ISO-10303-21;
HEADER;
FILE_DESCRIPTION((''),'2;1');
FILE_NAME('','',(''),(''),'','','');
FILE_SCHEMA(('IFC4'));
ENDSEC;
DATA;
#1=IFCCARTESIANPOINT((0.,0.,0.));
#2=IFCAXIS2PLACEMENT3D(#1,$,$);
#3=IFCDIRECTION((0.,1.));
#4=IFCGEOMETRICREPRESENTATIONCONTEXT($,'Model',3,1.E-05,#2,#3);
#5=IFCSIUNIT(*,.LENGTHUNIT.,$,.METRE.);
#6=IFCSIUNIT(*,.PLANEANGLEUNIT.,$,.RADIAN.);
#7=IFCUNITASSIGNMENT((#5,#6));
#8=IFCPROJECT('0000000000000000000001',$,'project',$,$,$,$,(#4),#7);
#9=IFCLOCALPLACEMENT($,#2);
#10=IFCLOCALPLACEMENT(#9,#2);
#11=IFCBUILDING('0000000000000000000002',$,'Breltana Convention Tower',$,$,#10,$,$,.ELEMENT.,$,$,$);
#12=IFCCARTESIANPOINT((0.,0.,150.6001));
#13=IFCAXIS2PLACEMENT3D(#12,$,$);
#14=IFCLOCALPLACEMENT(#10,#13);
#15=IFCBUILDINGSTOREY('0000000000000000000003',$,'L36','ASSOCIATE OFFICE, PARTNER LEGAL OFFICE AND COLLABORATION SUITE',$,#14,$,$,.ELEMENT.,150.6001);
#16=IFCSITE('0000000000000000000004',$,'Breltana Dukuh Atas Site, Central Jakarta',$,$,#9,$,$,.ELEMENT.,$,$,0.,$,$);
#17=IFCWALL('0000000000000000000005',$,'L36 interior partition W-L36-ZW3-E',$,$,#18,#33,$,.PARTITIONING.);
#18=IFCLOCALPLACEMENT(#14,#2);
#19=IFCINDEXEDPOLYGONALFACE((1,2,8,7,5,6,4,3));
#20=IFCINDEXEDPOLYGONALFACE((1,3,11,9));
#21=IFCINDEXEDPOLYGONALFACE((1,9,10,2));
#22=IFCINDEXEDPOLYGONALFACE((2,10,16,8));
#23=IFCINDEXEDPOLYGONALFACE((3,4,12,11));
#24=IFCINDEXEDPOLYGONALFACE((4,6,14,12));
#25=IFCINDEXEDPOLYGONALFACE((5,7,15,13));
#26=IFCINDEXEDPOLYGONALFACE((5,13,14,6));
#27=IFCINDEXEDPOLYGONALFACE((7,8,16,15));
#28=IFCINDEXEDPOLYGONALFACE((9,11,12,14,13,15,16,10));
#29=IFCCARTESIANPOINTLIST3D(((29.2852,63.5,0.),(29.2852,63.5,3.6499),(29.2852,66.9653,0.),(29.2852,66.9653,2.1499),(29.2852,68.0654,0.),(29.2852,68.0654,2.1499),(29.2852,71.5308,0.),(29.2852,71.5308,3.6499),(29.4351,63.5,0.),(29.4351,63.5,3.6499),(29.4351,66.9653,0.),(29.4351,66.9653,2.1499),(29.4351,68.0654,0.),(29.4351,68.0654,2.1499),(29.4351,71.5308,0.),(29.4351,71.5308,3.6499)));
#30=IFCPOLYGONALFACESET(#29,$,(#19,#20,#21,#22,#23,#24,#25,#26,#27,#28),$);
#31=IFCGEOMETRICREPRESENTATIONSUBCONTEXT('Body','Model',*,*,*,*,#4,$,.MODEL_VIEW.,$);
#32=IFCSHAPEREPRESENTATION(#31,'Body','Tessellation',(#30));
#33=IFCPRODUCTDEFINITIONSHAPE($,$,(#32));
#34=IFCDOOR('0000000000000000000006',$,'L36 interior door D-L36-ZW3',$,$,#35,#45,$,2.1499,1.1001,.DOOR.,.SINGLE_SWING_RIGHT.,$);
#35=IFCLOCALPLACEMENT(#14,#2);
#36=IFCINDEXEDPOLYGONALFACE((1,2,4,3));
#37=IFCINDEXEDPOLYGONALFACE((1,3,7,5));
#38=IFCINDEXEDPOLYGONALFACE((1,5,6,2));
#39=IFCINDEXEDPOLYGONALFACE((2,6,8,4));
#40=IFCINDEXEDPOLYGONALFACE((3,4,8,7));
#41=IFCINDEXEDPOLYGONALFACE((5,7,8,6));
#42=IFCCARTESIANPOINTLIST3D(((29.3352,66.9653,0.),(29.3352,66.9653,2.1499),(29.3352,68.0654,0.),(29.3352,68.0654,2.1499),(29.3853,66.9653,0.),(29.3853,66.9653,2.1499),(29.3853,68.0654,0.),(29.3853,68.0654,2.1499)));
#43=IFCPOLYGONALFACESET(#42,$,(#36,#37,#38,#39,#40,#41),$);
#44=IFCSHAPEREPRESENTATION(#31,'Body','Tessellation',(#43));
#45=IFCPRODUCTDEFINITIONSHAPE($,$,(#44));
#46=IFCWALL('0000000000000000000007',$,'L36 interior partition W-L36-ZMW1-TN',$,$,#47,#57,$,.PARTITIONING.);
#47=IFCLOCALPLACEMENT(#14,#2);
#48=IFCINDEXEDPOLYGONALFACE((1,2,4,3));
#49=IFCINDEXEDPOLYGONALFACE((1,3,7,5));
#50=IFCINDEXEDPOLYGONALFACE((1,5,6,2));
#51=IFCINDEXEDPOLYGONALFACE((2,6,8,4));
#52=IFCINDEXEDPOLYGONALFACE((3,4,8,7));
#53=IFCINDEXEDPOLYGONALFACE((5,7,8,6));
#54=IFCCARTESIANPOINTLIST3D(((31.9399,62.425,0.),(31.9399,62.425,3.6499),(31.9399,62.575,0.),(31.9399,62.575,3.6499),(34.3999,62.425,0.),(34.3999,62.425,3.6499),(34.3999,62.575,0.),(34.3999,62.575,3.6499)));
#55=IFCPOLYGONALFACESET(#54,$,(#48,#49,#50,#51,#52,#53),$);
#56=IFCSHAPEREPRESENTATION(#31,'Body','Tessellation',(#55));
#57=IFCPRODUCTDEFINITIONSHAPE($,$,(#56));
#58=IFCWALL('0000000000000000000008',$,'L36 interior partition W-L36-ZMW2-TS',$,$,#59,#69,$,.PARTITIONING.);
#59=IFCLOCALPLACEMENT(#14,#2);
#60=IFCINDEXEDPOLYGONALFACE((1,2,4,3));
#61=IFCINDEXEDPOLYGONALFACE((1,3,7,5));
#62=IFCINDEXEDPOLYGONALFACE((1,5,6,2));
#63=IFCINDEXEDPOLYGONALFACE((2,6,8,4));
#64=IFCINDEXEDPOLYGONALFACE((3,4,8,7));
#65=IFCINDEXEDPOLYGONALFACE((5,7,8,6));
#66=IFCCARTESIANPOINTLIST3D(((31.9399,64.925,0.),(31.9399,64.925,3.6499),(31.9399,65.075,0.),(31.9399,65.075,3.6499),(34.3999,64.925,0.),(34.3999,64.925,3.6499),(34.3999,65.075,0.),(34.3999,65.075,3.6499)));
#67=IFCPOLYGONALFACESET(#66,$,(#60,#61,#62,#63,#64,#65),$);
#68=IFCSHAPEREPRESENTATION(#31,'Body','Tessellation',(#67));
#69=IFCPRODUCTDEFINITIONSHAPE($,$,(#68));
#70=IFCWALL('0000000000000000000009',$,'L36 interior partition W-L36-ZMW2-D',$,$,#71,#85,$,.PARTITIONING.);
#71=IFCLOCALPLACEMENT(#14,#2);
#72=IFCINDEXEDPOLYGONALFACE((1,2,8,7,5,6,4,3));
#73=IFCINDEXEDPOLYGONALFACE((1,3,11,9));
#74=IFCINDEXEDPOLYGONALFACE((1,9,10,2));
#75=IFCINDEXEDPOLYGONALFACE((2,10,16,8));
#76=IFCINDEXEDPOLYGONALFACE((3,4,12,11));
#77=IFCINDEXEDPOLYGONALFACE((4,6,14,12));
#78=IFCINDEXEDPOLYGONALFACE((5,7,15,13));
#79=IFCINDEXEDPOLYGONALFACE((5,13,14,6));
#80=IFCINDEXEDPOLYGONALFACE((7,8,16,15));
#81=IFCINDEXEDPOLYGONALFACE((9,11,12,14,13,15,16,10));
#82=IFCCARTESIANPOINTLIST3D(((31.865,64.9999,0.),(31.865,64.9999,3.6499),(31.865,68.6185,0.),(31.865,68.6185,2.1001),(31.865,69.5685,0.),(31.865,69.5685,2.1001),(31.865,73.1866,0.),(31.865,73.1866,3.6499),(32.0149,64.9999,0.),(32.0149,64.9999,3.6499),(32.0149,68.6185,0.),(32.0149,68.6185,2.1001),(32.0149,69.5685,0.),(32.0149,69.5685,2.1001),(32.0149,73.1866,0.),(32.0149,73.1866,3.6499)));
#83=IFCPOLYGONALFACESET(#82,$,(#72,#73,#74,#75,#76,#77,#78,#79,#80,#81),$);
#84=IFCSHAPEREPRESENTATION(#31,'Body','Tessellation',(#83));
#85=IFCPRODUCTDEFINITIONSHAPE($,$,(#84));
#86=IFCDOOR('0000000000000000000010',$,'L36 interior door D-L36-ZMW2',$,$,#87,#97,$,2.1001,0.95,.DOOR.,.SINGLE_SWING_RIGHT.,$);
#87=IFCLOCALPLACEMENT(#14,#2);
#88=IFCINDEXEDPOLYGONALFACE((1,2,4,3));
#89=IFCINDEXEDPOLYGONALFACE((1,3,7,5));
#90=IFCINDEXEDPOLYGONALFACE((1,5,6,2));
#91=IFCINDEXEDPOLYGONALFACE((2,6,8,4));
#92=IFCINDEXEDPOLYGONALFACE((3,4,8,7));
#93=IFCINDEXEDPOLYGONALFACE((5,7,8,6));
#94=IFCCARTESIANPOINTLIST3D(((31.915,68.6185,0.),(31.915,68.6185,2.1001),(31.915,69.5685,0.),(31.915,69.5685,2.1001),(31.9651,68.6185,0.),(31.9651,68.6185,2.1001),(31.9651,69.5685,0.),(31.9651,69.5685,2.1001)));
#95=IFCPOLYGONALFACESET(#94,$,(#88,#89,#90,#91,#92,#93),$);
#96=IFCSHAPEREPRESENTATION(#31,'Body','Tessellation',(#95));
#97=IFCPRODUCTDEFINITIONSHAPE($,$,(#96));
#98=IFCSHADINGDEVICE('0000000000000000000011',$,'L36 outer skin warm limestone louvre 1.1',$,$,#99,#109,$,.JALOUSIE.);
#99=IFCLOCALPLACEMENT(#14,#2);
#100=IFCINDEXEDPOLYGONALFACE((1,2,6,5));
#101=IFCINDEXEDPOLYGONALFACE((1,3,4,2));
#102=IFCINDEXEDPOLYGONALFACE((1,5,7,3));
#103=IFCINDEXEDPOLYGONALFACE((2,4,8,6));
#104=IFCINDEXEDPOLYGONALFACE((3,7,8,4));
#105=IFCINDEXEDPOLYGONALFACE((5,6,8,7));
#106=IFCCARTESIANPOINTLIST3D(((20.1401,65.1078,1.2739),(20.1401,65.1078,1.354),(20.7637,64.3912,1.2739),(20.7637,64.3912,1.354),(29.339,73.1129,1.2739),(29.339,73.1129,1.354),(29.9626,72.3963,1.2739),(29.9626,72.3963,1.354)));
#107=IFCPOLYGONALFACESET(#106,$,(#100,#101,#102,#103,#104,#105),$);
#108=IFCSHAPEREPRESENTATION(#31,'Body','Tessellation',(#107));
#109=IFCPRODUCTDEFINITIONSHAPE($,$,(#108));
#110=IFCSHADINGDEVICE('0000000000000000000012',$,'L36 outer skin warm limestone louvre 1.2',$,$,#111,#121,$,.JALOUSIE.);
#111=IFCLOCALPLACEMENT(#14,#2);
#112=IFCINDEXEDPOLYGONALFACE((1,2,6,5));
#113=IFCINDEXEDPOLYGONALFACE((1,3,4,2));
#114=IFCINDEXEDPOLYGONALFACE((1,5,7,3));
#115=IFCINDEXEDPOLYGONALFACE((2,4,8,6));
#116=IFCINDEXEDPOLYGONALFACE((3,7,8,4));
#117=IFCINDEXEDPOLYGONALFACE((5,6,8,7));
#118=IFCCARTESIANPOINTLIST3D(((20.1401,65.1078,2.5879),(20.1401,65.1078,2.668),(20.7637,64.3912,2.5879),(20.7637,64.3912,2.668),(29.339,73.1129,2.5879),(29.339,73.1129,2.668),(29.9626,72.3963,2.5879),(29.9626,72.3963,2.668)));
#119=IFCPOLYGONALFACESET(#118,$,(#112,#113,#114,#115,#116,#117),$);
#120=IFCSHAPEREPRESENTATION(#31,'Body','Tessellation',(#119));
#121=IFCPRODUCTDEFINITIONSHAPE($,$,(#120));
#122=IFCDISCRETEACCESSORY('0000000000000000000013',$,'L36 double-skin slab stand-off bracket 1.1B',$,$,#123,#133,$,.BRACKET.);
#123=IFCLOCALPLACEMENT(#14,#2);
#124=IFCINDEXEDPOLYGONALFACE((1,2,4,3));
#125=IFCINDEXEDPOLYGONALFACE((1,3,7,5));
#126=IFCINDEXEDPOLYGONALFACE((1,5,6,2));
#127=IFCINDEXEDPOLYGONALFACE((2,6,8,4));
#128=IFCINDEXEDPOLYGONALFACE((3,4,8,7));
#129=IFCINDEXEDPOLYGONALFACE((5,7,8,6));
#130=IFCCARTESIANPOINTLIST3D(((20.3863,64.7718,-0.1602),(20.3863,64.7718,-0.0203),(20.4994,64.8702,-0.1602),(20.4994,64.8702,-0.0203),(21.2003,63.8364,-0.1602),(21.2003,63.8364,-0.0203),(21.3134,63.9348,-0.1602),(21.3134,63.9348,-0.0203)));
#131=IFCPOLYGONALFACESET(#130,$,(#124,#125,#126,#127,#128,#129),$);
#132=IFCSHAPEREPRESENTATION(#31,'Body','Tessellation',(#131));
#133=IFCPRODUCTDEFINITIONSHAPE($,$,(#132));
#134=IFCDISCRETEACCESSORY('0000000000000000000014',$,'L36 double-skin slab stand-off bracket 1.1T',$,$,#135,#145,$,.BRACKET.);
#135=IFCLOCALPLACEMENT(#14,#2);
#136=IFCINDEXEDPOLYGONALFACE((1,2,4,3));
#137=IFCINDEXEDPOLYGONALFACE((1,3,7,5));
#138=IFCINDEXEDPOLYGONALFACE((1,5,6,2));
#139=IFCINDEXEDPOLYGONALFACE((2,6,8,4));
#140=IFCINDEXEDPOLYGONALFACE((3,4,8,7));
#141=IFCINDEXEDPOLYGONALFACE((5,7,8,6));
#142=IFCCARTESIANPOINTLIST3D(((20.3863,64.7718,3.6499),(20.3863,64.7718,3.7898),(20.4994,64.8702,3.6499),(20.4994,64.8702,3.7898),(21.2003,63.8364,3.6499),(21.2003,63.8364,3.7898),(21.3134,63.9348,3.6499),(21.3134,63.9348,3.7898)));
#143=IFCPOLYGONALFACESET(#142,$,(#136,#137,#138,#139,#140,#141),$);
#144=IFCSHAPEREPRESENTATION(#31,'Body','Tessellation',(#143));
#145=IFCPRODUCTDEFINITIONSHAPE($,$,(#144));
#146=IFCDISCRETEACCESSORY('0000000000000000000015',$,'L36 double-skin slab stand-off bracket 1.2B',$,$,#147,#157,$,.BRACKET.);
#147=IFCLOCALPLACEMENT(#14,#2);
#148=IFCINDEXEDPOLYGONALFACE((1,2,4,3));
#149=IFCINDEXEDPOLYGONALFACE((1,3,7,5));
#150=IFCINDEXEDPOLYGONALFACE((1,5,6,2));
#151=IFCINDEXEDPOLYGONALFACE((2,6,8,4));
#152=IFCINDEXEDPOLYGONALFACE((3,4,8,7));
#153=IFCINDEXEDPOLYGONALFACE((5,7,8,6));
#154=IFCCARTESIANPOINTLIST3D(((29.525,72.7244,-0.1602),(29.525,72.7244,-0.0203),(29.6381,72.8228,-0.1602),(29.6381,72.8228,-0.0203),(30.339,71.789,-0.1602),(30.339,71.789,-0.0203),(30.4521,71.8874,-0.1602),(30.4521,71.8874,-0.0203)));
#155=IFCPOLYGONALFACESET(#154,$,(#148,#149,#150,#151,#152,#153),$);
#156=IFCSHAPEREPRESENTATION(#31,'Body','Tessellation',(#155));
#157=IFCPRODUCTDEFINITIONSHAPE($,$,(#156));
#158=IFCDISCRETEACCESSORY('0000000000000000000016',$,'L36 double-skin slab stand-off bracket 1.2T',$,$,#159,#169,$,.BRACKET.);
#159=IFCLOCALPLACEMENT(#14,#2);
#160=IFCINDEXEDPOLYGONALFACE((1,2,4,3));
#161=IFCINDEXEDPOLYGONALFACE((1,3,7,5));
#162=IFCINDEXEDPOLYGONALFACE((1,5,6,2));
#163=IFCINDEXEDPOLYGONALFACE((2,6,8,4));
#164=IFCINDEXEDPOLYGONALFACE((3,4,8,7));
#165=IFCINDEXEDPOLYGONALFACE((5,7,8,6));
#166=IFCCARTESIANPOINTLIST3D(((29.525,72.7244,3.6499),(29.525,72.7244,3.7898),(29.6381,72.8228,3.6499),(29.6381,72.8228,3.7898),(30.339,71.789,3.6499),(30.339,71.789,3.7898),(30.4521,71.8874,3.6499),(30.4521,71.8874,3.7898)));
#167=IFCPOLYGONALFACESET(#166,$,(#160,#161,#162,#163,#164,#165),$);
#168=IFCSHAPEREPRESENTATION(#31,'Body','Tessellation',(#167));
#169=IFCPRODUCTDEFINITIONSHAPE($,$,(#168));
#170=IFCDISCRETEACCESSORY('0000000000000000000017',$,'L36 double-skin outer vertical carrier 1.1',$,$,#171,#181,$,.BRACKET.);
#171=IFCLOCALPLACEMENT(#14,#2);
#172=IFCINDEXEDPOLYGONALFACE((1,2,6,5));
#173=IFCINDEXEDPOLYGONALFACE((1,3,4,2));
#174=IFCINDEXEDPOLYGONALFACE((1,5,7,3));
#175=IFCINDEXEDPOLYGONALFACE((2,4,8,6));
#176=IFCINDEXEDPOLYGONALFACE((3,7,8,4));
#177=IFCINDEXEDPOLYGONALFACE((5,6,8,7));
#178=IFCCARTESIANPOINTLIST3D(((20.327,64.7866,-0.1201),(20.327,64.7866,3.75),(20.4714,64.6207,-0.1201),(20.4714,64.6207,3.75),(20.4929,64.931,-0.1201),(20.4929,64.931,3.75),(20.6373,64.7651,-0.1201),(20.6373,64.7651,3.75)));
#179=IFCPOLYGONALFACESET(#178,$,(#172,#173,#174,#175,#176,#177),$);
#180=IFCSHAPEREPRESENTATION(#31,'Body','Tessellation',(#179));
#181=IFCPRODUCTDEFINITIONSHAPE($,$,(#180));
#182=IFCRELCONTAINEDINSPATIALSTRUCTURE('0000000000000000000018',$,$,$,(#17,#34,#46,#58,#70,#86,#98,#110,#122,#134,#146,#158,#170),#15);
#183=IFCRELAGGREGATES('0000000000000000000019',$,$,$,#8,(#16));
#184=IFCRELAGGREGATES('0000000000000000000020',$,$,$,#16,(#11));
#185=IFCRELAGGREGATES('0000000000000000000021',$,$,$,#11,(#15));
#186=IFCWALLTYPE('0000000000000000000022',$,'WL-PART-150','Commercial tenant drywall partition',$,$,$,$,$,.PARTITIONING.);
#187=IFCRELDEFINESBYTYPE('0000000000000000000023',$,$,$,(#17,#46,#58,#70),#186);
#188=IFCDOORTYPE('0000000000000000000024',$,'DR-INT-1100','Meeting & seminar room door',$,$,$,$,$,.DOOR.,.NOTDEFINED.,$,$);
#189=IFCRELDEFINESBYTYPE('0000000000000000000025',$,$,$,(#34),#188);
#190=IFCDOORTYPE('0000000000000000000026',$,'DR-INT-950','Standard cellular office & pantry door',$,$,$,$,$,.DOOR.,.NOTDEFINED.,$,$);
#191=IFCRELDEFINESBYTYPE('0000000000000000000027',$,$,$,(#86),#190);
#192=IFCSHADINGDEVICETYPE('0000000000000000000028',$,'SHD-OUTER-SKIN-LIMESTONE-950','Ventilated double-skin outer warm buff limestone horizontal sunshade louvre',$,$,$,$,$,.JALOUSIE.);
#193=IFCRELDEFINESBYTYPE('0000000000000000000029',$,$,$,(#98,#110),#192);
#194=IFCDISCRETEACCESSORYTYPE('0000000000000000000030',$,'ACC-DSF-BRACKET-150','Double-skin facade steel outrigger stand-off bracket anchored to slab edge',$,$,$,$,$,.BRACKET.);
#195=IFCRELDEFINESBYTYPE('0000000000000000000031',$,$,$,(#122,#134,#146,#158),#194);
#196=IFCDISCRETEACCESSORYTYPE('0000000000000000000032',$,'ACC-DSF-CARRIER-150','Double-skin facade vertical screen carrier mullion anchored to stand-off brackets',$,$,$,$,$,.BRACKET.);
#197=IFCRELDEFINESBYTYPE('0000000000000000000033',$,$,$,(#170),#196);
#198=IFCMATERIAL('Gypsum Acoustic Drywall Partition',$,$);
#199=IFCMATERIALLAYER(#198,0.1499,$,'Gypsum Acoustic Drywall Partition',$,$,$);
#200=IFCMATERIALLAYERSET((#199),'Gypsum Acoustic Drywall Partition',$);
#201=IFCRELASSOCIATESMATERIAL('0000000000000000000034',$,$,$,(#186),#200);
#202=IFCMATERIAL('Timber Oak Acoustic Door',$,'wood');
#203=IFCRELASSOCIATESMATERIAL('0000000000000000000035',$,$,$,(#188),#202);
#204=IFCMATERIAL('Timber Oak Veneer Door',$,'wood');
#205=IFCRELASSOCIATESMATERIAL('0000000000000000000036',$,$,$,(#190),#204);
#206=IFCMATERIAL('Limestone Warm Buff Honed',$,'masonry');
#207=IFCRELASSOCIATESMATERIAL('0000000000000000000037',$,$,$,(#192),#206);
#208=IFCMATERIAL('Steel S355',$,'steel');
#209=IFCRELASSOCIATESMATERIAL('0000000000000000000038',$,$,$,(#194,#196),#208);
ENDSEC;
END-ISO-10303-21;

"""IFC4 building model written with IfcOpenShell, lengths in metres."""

from ifc_helpers import new_model, si_unit, direction, frame, frame_2d, origin, origin_2d, place, context, subcontext, project, spatial, rectangle, extrude, source, transform, mapped, material, layer, layer_set, material_profile, profile_set, type_object, type_shapes, element, fill, save


model = new_model("IFC4")

# Units and contexts
model_context = context("Model", 3, precision=1e-05, world=origin(), true_north=direction((0.0, 1.0)))
body_context = subcontext(model_context, "Body", "Model", "MODEL_VIEW")
ifc_project = project(units=[si_unit("LENGTHUNIT", "METRE"), si_unit("PLANEANGLEUNIT", "RADIAN")], contexts=[model_context])

# Site, building, storey
site_placement = place(None, origin())
site = spatial("IfcSite", under=ifc_project, at=site_placement, Name="Breltana Dukuh Atas Site, Central Jakarta", CompositionType="ELEMENT", RefElevation=0.0)
building_placement = place(site_placement, origin())
building = spatial("IfcBuilding", under=site, at=building_placement, Name="Breltana Convention Tower", CompositionType="ELEMENT")
storey_placement = place(building_placement, frame((0.0, 0.0, 150.6001)))
storey = spatial("IfcBuildingStorey", under=building, at=storey_placement, Name="L36", Description="ASSOCIATE OFFICE, PARTNER LEGAL OFFICE AND COLLABORATION SUITE", CompositionType="ELEMENT", Elevation=150.6001)

# Shared definitions
ifc_material_1 = material(Name="Gypsum Acoustic Drywall Partition")
ifc_layer_1 = layer(ifc_material_1, 0.1499, Name="Gypsum Acoustic Drywall Partition")
ifc_layer_set_1 = layer_set([ifc_layer_1], Name="Gypsum Acoustic Drywall Partition")
wall_type_1 = type_object("IfcWallType", Name="WL-PART-150", Description="Commercial tenant drywall partition", PredefinedType="PARTITIONING", material=ifc_layer_set_1)

# Wall, opening, door
shared_shape_1 = source(origin(), body_context, "Body", "SweptSolid", [
    extrude(rectangle(XDim=8.0308, YDim=0.1499, at=frame_2d((4.0154, 0.0))), origin(), (0.0, 0.0, 1.0), 3.6499),
])
wall_1_placement = place(storey_placement, frame((29.3601, 63.5, 0.0), z_axis=(0.0, 0.0, 1.0), x_axis=(0.0, 1.0, 0.0)))
wall_1 = element("IfcWall", 1, at=wall_1_placement, inside=storey, type_object=wall_type_1, Name="L36 interior partition W-L36-ZW3-E", PredefinedType="PARTITIONING", context=body_context, shape_type="MappedRepresentation", body=[
    mapped(shared_shape_1, transform((0.0, 0.0, 0.0), scale=1.0)),
])
opening_1_placement = place(wall_1_placement, frame((3.4653, 0.0, 0.0)))
opening_1 = element("IfcOpeningElement", 2, at=opening_1_placement, cuts=wall_1, PredefinedType="OPENING", context=body_context, shape_type="SweptSolid", body=[
    extrude(rectangle(XDim=1.1001, YDim=2.1499, at=frame_2d((0.55, 1.075))), frame((0.0, 0.085, 0.0), z_axis=(0.0, -1.0, 0.0), x_axis=(1.0, 0.0, 0.0)), (0.0, 0.0, 1.0), 0.1699),
])
ifc_material_2 = material(Name="Timber Oak Acoustic Door", Category="wood")
door_type_1 = type_object("IfcDoorType", Name="DR-INT-1100", Description="Meeting & seminar room door", OperationType="NOTDEFINED", PredefinedType="DOOR", material=ifc_material_2)
shared_shape_2 = source(origin(), body_context, "Body", "SweptSolid", [
    extrude(rectangle(XDim=1.1001, YDim=2.1499, at=frame_2d((0.55, 1.075))), frame((0.0, 0.0249, 0.0), z_axis=(0.0, -1.0, 0.0), x_axis=(1.0, 0.0, 0.0)), (0.0, 0.0, 1.0), 0.05),
])
type_shapes(door_type_1, [shared_shape_2])
door_1_placement = place(opening_1_placement, origin())
door_1 = element("IfcDoor", 3, at=door_1_placement, inside=storey, type_object=door_type_1, Name="L36 interior door D-L36-ZW3", OperationType="SINGLE_SWING_RIGHT", OverallHeight=2.1499, OverallWidth=1.1001, PredefinedType="DOOR", context=body_context, shape_type="MappedRepresentation", body=[
    mapped(shared_shape_2, transform((0.0, 0.0, 0.0), scale=1.0)),
])
fill(opening_1, door_1)

# Walls
shared_shape_3 = source(origin(), body_context, "Body", "SweptSolid", [
    extrude(rectangle(XDim=2.46, YDim=0.1499, at=frame_2d((1.23, 0.0))), origin(), (0.0, 0.0, 1.0), 3.6499),
])
for number, where, z_axis, x_axis, name in (
    (4, (31.9399, 62.5, 0.0), (0.0, 0.0, 1.0), (1.0, 0.0, 0.0), "L36 interior partition W-L36-ZMW1-TN"),
    (5, (31.9399, 65.0, 0.0), (0.0, 0.0, 1.0), (1.0, 0.0, 0.0), "L36 interior partition W-L36-ZMW2-TS"),
):
    element("IfcWall", number, at=place(storey_placement, frame(where, z_axis=z_axis, x_axis=x_axis)), inside=storey, type_object=wall_type_1, Name=name, PredefinedType="PARTITIONING", context=body_context, shape_type="MappedRepresentation", body=[
        mapped(shared_shape_3, transform((0.0, 0.0, 0.0), scale=1.0)),
    ])

# Wall, opening, door
shared_shape_4 = source(origin(), body_context, "Body", "SweptSolid", [
    extrude(rectangle(XDim=8.1868, YDim=0.1499, at=frame_2d((4.0933, 0.0))), origin(), (0.0, 0.0, 1.0), 3.6499),
])
wall_2_placement = place(storey_placement, frame((31.9399, 65.0, 0.0), z_axis=(0.0, 0.0, 1.0), x_axis=(0.0, 1.0, 0.0)))
wall_2 = element("IfcWall", 6, at=wall_2_placement, inside=storey, type_object=wall_type_1, Name="L36 interior partition W-L36-ZMW2-D", PredefinedType="PARTITIONING", context=body_context, shape_type="MappedRepresentation", body=[
    mapped(shared_shape_4, transform((0.0, 0.0, 0.0), scale=1.0)),
])
opening_2_placement = place(wall_2_placement, frame((3.6184, 0.0, 0.0)))
opening_2 = element("IfcOpeningElement", 7, at=opening_2_placement, cuts=wall_2, PredefinedType="OPENING", context=body_context, shape_type="SweptSolid", body=[
    extrude(rectangle(XDim=0.95, YDim=2.1001, at=frame_2d((0.4751, 1.05))), frame((0.0, 0.085, 0.0), z_axis=(0.0, -1.0, 0.0), x_axis=(1.0, 0.0, 0.0)), (0.0, 0.0, 1.0), 0.1699),
])
ifc_material_3 = material(Name="Timber Oak Veneer Door", Category="wood")
door_type_2 = type_object("IfcDoorType", Name="DR-INT-950", Description="Standard cellular office & pantry door", OperationType="NOTDEFINED", PredefinedType="DOOR", material=ifc_material_3)
shared_shape_5 = source(origin(), body_context, "Body", "SweptSolid", [
    extrude(rectangle(XDim=0.95, YDim=2.1001, at=frame_2d((0.4751, 1.05))), frame((0.0, 0.0249, 0.0), z_axis=(0.0, -1.0, 0.0), x_axis=(1.0, 0.0, 0.0)), (0.0, 0.0, 1.0), 0.05),
])
type_shapes(door_type_2, [shared_shape_5])
door_2_placement = place(opening_2_placement, origin())
door_2 = element("IfcDoor", 8, at=door_2_placement, inside=storey, type_object=door_type_2, Name="L36 interior door D-L36-ZMW2", OperationType="SINGLE_SWING_RIGHT", OverallHeight=2.1001, OverallWidth=0.95, PredefinedType="DOOR", context=body_context, shape_type="MappedRepresentation", body=[
    mapped(shared_shape_5, transform((0.0, 0.0, 0.0), scale=1.0)),
])
fill(opening_2, door_2)

# Shading devices
ifc_material_4 = material(Name="Limestone Warm Buff Honed", Category="masonry")
ifc_material_profile_1 = material_profile(ifc_material_4, rectangle(XDim=0.95, YDim=0.0801, at=origin_2d()), Name="STN-LVR-950X80")
ifc_profile_set_1 = profile_set([ifc_material_profile_1], Name="Limestone Warm Buff Honed")
shading_device_type = type_object("IfcShadingDeviceType", Name="SHD-OUTER-SKIN-LIMESTONE-950", Description="Ventilated double-skin outer warm buff limestone horizontal sunshade louvre", PredefinedType="JALOUSIE", material=ifc_profile_set_1)
shared_shape_6 = source(origin(), body_context, "Body", "SweptSolid", [
    extrude(rectangle(XDim=0.95, YDim=0.0801, at=origin_2d()), origin(), (0.0, 0.0, 1.0), 12.1943),
])
type_shapes(shading_device_type, [shared_shape_6])
for number, where, z_axis, x_axis, name in (
    (9, (20.4519, 64.7495, 1.314), (0.754361, 0.65646, 0.0), (-0.65646, 0.754361, 0.0), "L36 outer skin warm limestone louvre 1.1"),
    (10, (20.4519, 64.7495, 2.6279), (0.754361, 0.65646, 0.0), (-0.65646, 0.754361, 0.0), "L36 outer skin warm limestone louvre 1.2"),
):
    element("IfcShadingDevice", number, at=place(storey_placement, frame(where, z_axis=z_axis, x_axis=x_axis)), inside=storey, type_object=shading_device_type, Name=name, PredefinedType="JALOUSIE", context=body_context, shape_type="MappedRepresentation", body=[
        mapped(shared_shape_6, transform((0.0, 0.0, 0.0), scale=1.0)),
    ])

# Discrete accessories
ifc_material_5 = material(Name="Steel S355", Category="steel")
discrete_accessory_type_1 = type_object("IfcDiscreteAccessoryType", Name="ACC-DSF-BRACKET-150", Description="Double-skin facade steel outrigger stand-off bracket anchored to slab edge", PredefinedType="BRACKET", material=ifc_material_5)
shared_shape_7 = source(origin(), body_context, "Body", "SweptSolid", [
    extrude(rectangle(XDim=1.24, YDim=0.1499, at=origin_2d()), origin(), (0.0, 0.0, 1.0), 0.1399),
])
type_shapes(discrete_accessory_type_1, [shared_shape_7])
for number, where, z_axis, x_axis, name in (
    (11, (20.8499, 64.3533, -0.1602), (0.0, 0.0, 1.0), (-0.656456, 0.754365, 0.0), "L36 double-skin slab stand-off bracket 1.1B"),
    (12, (20.8499, 64.3533, 3.6499), (0.0, 0.0, 1.0), (-0.656456, 0.754365, 0.0), "L36 double-skin slab stand-off bracket 1.1T"),
    (13, (29.9885, 72.3059, -0.1602), (0.0, 0.0, 1.0), (-0.656456, 0.754365, 0.0), "L36 double-skin slab stand-off bracket 1.2B"),
    (14, (29.9885, 72.3059, 3.6499), (0.0, 0.0, 1.0), (-0.656456, 0.754365, 0.0), "L36 double-skin slab stand-off bracket 1.2T"),
):
    element("IfcDiscreteAccessory", number, at=place(storey_placement, frame(where, z_axis=z_axis, x_axis=x_axis)), inside=storey, type_object=discrete_accessory_type_1, Name=name, PredefinedType="BRACKET", context=body_context, shape_type="MappedRepresentation", body=[
        mapped(shared_shape_7, transform((0.0, 0.0, 0.0), scale=1.0)),
    ])
discrete_accessory_type_2 = type_object("IfcDiscreteAccessoryType", Name="ACC-DSF-CARRIER-150", Description="Double-skin facade vertical screen carrier mullion anchored to stand-off brackets", PredefinedType="BRACKET", material=ifc_material_5)
shared_shape_8 = source(origin(), body_context, "Body", "SweptSolid", [
    extrude(rectangle(XDim=0.22, YDim=0.22, at=origin_2d()), origin(), (0.0, 0.0, 1.0), 3.8701),
])
for number, where, z_axis, x_axis, name in (
    (15, (20.4822, 64.7759, -0.1201), (0.0, 0.0, 1.0), (-0.656456, 0.754365, 0.0), "L36 double-skin outer vertical carrier 1.1"),
):
    element("IfcDiscreteAccessory", number, at=place(storey_placement, frame(where, z_axis=z_axis, x_axis=x_axis)), inside=storey, type_object=discrete_accessory_type_2, Name=name, PredefinedType="BRACKET", context=body_context, shape_type="MappedRepresentation", body=[
        mapped(shared_shape_8, transform((0.0, 0.0, 0.0), scale=1.0)),
    ])

save(model, "model.ifc")
